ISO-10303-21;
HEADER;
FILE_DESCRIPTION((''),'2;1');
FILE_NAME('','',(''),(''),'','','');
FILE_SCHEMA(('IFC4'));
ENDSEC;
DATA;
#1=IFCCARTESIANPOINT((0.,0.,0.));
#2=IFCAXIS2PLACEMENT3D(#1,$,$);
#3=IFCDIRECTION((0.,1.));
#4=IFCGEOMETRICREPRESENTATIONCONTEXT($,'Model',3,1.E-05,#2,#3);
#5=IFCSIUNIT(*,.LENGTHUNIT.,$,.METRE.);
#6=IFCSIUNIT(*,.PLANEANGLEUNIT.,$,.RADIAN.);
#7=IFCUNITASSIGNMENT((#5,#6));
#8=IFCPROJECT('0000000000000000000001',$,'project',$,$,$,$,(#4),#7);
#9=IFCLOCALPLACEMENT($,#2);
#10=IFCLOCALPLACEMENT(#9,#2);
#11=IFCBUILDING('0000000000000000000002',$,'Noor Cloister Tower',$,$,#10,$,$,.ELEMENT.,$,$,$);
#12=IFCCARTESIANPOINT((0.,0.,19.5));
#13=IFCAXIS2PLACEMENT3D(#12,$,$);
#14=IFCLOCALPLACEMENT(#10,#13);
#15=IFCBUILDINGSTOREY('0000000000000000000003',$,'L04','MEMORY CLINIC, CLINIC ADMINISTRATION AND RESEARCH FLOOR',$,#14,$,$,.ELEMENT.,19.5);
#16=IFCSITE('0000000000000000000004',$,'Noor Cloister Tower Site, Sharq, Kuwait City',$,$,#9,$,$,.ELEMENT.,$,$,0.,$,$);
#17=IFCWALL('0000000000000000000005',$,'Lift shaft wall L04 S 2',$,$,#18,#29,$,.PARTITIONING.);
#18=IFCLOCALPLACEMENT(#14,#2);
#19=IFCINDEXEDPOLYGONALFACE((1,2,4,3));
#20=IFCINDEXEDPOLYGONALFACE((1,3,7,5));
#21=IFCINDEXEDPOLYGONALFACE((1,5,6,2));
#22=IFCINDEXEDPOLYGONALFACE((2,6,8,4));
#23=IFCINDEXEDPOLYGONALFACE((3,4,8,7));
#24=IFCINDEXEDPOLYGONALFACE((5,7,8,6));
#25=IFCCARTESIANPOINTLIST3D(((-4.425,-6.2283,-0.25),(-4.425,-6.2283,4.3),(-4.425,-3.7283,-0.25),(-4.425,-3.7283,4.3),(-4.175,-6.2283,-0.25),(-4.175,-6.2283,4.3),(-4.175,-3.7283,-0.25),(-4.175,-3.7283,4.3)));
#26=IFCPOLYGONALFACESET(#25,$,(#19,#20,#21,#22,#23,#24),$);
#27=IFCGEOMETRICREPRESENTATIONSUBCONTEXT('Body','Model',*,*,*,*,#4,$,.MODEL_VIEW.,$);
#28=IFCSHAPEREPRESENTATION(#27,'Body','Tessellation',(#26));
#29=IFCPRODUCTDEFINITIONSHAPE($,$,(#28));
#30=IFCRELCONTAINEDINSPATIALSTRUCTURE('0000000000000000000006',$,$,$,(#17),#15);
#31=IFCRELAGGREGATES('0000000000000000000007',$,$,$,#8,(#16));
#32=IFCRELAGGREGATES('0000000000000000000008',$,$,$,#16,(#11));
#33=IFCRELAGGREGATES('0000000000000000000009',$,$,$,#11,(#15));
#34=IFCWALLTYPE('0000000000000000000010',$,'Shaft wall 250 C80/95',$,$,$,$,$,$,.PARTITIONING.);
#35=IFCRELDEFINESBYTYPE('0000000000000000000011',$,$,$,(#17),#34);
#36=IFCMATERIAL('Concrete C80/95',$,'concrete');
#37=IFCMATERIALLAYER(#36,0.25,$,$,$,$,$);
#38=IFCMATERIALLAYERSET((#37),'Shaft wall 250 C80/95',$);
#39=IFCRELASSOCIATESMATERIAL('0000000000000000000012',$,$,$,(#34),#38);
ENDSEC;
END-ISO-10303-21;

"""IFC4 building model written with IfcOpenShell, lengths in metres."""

from ifc_helpers import new_model, si_unit, direction, frame, frame_2d, origin, place, context, subcontext, project, spatial, rectangle, extrude, material, layer, layer_set, type_object, element, save


model = new_model("IFC4")

# Units and contexts
model_context = context("Model", 3, precision=1e-05, world=origin(), true_north=direction((0.0, 1.0)))
body_context = subcontext(model_context, "Body", "Model", "MODEL_VIEW")
ifc_project = project(units=[si_unit("LENGTHUNIT", "METRE"), si_unit("PLANEANGLEUNIT", "RADIAN")], contexts=[model_context])

# Site, building, storey
site_placement = place(None, origin())
site = spatial("IfcSite", under=ifc_project, at=site_placement, Name="Noor Cloister Tower Site, Sharq, Kuwait City", CompositionType="ELEMENT", RefElevation=0.0)
building_placement = place(site_placement, origin())
building = spatial("IfcBuilding", under=site, at=building_placement, Name="Noor Cloister Tower", CompositionType="ELEMENT")
storey_placement = place(building_placement, frame((0.0, 0.0, 19.5)))
storey = spatial("IfcBuildingStorey", under=building, at=storey_placement, Name="L04", Description="MEMORY CLINIC, CLINIC ADMINISTRATION AND RESEARCH FLOOR", CompositionType="ELEMENT", Elevation=19.5)

# Wall
ifc_material_1 = material(Name="Concrete C80/95", Category="concrete")
ifc_layer_1 = layer(ifc_material_1, 0.25)
ifc_layer_set_1 = layer_set([ifc_layer_1], Name="Shaft wall 250 C80/95")
wall_type_1 = type_object("IfcWallType", Name="Shaft wall 250 C80/95", PredefinedType="PARTITIONING", material=ifc_layer_set_1)
for number, where, z_axis, x_axis, name in (
    (1, (-4.3, -6.2283, -0.25), (0.0, 0.0, 1.0), (0.0, 1.0, 0.0), "Lift shaft wall L04 S 2"),
):
    element("IfcWall", number, at=place(storey_placement, frame(where, z_axis=z_axis, x_axis=x_axis)), inside=storey, type_object=wall_type_1, Name=name, PredefinedType="PARTITIONING", context=body_context, shape_type="SweptSolid", body=[
        extrude(rectangle(XDim=2.5, YDim=0.25, at=frame_2d((1.25, 0.0))), origin(), (0.0, 0.0, 1.0), 4.55),
    ])

save(model, "model.ifc")
